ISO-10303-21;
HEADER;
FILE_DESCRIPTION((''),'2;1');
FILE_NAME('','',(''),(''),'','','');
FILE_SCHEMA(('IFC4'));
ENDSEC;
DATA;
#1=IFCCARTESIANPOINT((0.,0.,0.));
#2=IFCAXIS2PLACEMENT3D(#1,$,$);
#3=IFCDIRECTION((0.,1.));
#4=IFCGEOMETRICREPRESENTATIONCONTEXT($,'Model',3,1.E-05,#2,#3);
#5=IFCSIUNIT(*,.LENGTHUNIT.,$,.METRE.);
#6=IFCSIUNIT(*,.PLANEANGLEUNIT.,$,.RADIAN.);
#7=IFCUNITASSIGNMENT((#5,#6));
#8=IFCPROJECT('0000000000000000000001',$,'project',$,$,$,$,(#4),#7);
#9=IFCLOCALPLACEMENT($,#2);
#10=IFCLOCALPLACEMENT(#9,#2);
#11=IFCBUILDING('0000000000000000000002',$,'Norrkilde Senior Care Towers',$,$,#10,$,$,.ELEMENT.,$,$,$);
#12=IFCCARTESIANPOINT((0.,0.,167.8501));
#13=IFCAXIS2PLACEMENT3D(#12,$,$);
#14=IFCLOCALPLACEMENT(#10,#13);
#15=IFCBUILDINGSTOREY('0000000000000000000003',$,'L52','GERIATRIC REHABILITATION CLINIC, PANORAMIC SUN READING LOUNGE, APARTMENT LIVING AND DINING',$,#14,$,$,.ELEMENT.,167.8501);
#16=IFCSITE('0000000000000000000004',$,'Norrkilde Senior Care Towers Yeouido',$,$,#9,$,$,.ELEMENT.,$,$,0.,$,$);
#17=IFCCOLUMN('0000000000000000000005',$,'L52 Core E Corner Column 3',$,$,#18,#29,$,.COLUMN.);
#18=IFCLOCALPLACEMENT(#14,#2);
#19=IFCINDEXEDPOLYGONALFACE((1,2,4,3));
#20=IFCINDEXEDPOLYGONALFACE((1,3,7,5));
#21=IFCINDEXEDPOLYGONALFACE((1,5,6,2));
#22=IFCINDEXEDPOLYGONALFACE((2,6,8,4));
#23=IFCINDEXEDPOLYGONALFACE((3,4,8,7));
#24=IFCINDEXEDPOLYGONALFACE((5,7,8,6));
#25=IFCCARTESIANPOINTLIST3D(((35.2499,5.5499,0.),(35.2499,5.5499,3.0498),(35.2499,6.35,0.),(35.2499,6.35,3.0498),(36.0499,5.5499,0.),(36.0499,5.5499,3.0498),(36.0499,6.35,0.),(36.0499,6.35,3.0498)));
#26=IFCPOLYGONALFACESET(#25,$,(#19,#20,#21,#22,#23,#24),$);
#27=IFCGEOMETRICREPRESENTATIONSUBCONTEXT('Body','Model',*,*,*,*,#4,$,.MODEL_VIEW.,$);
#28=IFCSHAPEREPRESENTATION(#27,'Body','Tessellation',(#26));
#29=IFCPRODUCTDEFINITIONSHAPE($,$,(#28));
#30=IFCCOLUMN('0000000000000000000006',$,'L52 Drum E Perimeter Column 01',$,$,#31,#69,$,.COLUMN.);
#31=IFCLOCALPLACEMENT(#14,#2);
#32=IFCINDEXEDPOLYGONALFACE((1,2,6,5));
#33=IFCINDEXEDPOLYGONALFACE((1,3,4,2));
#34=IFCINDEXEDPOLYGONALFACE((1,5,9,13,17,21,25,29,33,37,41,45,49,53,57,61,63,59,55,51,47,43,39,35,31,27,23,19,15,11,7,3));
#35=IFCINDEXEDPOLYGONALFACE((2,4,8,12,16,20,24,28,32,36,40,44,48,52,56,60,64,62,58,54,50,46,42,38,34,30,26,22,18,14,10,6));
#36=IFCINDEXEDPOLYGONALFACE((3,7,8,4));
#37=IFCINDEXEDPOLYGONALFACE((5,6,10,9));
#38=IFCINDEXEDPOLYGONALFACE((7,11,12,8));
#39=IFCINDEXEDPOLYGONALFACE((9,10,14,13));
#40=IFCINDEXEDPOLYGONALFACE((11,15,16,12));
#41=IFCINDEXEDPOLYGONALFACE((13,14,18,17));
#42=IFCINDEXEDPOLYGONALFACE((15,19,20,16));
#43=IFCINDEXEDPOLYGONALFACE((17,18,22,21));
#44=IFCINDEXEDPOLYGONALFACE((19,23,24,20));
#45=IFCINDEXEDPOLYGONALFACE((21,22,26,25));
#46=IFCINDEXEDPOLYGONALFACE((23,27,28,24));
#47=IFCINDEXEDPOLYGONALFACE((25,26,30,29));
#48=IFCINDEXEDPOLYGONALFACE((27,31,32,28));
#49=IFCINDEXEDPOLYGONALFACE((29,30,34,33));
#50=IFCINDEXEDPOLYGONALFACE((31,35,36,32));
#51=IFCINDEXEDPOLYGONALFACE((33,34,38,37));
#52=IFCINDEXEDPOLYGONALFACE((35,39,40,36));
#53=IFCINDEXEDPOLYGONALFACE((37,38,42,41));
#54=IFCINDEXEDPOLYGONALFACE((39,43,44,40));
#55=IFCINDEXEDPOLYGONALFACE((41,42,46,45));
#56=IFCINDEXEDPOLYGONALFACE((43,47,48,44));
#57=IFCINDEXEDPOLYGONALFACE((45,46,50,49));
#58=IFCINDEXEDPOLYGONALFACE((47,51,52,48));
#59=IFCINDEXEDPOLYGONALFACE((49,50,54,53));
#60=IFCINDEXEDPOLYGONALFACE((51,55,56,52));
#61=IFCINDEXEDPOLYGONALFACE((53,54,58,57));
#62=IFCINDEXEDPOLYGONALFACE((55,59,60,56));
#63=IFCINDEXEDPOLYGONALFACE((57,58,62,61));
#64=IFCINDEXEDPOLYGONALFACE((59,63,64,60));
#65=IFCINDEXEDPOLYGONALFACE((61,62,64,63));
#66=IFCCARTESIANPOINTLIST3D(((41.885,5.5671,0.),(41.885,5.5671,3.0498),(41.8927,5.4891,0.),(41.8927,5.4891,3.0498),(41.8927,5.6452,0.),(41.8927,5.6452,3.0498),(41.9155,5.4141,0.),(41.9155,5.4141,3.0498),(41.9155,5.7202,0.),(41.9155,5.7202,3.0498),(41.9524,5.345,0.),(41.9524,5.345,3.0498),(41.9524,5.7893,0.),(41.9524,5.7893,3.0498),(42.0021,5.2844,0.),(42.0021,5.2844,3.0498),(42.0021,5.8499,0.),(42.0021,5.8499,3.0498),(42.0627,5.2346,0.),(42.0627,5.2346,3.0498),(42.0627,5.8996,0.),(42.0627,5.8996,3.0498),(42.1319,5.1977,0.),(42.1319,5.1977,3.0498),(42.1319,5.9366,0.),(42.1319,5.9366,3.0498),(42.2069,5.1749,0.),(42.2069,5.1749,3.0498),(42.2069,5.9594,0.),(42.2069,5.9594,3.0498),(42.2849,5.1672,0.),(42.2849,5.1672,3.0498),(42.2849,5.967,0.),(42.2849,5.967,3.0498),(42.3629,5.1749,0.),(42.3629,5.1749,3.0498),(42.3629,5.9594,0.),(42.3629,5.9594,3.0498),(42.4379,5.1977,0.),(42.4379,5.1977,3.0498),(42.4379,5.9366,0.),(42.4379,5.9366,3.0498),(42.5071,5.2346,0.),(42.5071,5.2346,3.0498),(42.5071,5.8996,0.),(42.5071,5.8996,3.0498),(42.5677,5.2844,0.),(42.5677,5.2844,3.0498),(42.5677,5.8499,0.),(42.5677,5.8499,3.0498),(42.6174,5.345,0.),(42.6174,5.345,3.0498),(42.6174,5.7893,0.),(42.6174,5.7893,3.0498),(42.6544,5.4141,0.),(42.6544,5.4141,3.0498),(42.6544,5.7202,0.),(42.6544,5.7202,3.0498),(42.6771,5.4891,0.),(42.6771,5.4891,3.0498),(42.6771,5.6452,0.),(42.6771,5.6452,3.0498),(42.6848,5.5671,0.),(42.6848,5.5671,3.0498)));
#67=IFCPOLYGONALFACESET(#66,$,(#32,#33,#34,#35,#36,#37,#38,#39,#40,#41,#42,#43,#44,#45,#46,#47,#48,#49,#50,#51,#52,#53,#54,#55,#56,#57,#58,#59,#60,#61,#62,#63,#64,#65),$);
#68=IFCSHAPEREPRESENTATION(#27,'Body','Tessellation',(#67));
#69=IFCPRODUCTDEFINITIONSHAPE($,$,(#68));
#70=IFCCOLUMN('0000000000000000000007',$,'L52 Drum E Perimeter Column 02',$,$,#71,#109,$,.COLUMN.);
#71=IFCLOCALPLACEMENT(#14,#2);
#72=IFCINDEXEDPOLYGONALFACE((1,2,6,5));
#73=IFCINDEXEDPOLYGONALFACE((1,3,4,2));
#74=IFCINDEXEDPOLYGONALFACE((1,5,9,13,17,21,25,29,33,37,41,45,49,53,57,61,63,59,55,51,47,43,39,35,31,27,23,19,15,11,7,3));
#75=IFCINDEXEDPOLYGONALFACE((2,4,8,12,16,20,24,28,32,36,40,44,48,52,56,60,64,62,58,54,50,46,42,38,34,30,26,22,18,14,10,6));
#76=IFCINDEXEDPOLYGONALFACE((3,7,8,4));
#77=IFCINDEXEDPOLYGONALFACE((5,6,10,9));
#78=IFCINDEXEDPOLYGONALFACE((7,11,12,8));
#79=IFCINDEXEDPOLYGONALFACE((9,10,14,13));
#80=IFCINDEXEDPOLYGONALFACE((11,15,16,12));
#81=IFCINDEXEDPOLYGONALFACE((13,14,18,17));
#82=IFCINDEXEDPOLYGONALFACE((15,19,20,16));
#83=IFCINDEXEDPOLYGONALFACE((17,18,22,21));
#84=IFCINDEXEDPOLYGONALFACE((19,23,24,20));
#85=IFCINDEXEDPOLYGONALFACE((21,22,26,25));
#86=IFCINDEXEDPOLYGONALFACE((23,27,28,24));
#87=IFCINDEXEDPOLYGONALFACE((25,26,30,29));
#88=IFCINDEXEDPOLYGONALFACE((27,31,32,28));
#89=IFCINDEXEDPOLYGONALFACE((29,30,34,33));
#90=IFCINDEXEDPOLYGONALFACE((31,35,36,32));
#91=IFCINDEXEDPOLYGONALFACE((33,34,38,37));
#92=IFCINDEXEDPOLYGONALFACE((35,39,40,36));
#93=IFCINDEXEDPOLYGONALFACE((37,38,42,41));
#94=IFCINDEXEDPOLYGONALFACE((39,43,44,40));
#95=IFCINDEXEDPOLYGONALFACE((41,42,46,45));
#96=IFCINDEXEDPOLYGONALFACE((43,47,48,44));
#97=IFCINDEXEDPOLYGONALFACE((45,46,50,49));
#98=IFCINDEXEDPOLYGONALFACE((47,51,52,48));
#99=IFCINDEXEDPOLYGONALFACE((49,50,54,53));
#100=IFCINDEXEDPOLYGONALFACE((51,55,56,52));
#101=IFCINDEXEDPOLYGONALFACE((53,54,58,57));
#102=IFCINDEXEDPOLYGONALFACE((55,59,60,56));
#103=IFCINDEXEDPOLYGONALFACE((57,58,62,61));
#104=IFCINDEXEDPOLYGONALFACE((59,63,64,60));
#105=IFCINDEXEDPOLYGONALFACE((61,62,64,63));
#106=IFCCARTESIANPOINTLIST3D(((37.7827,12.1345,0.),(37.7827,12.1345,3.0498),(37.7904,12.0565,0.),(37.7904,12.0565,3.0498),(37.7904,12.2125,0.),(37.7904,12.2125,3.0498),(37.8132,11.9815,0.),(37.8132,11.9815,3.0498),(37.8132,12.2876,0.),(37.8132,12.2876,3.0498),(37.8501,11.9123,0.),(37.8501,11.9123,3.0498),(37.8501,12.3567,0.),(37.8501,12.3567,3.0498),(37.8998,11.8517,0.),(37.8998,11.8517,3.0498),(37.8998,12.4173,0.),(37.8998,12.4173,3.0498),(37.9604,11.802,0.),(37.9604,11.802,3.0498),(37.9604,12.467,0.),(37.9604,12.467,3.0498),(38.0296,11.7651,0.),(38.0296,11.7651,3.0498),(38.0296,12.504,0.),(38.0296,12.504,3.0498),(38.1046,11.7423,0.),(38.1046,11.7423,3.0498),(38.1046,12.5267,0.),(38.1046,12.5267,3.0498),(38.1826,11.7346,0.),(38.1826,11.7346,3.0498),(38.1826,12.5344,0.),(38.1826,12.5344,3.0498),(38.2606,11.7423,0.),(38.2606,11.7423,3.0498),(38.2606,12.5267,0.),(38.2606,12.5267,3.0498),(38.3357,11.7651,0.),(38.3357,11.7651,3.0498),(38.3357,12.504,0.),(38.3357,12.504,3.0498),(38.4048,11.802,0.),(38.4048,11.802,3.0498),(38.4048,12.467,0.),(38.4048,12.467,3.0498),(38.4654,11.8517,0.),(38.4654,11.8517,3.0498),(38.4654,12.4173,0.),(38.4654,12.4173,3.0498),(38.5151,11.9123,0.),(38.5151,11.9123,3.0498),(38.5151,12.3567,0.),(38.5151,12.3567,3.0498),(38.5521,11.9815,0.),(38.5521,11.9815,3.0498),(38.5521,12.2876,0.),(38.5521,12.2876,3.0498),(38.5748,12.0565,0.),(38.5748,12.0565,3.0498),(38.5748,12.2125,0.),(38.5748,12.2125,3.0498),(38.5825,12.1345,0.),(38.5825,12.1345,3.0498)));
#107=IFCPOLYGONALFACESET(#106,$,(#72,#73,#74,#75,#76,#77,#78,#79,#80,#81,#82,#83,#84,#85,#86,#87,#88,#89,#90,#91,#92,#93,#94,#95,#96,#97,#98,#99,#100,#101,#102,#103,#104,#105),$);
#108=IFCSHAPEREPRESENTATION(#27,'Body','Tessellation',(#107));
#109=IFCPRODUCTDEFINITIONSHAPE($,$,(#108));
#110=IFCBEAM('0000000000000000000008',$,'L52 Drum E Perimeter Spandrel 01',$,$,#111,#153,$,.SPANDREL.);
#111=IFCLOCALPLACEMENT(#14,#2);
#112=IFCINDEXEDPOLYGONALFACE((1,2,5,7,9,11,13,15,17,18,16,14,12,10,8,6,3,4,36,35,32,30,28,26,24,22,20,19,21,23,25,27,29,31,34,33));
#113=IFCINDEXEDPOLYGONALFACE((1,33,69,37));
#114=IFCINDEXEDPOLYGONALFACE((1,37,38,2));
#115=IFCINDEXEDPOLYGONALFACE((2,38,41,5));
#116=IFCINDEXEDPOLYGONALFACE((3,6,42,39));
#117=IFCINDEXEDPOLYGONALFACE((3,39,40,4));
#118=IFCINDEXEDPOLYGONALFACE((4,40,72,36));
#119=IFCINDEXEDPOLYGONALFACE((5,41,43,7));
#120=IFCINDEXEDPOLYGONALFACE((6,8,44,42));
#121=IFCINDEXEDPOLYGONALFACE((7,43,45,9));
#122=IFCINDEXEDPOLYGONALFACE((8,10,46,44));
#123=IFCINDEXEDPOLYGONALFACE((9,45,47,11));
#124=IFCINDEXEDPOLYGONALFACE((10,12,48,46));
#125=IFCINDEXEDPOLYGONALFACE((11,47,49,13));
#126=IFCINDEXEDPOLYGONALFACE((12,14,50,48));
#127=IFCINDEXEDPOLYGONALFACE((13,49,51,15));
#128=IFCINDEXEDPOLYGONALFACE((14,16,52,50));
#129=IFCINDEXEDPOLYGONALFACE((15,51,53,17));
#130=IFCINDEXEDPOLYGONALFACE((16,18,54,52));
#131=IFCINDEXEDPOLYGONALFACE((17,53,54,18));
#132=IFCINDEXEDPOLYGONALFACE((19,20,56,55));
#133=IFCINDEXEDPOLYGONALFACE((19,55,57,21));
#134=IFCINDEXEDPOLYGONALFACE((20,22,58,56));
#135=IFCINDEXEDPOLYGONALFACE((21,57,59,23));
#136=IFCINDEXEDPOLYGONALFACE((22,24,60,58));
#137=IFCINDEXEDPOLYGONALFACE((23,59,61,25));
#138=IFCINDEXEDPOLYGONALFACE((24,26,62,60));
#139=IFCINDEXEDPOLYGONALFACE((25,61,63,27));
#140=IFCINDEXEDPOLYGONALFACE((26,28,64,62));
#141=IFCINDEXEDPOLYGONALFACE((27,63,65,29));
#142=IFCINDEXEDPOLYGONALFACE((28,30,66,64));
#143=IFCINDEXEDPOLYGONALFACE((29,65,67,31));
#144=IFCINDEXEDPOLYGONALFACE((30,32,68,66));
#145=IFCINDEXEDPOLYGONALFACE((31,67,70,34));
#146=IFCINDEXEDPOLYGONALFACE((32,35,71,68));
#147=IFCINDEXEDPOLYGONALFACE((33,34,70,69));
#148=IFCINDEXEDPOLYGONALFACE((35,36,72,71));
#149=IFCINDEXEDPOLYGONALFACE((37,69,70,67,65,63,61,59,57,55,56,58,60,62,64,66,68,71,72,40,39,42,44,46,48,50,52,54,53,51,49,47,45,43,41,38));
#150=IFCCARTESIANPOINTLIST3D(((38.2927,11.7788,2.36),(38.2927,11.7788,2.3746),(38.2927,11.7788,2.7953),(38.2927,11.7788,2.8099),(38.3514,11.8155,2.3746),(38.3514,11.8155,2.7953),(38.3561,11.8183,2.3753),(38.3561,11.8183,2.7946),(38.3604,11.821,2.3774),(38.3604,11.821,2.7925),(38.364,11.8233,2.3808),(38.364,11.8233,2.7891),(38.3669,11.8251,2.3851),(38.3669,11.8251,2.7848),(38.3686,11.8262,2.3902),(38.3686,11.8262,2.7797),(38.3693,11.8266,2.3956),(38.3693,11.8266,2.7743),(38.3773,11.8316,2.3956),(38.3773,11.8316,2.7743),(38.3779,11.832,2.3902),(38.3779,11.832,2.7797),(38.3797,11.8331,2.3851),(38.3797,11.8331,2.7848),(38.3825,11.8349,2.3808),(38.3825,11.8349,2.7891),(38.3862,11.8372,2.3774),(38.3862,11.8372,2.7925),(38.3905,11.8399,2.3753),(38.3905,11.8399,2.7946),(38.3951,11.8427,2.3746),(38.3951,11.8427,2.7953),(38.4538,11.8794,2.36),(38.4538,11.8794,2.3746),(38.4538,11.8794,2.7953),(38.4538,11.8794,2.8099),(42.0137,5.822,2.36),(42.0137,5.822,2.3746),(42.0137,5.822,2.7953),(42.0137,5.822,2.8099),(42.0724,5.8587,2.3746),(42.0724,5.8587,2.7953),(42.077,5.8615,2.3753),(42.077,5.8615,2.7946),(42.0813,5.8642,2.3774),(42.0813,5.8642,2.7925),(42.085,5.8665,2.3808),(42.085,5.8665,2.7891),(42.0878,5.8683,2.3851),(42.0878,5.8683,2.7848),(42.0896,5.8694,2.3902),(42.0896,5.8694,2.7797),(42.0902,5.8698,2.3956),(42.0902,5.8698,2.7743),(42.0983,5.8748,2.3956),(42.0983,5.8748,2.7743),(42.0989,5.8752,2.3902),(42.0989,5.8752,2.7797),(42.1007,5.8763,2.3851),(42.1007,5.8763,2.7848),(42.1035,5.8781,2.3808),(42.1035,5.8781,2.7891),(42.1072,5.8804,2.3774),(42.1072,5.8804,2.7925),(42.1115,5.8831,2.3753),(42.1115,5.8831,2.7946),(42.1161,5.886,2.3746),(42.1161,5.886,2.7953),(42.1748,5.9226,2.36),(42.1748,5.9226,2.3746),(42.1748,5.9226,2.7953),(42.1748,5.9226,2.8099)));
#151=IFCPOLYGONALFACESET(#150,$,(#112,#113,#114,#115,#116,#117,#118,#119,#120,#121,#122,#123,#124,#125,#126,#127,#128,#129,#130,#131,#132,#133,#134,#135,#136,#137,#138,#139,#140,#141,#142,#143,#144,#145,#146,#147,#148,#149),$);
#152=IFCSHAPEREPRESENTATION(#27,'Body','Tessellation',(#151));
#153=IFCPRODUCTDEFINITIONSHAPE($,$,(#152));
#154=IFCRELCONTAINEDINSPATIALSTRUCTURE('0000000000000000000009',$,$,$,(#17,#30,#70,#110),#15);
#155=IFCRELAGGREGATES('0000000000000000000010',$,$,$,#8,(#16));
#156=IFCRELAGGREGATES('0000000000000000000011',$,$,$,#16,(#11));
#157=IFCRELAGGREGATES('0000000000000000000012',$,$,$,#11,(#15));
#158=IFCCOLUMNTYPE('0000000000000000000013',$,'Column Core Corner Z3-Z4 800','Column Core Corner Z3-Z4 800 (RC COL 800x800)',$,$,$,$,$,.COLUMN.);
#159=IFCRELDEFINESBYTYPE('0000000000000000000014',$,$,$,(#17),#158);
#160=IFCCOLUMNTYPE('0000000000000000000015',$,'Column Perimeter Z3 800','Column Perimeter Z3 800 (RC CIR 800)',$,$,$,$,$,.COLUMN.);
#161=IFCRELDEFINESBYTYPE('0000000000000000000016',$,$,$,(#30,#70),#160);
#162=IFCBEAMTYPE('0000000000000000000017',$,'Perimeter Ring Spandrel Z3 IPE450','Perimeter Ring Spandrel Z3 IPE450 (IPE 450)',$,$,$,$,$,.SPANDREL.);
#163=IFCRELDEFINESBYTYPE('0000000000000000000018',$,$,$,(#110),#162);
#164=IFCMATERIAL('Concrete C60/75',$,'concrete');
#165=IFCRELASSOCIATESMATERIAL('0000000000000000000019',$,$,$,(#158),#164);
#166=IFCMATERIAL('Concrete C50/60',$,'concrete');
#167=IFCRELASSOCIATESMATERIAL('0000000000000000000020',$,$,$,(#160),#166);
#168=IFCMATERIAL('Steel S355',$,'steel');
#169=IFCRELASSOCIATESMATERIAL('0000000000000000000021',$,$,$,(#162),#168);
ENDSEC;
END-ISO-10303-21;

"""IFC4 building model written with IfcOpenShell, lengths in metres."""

from ifc_helpers import new_model, si_unit, direction, frame, origin, origin_2d, place, context, subcontext, project, spatial, rectangle, circle, i_section, extrude, source, transform, mapped, material, material_profile, profile_set, type_object, type_shapes, element, save


model = new_model("IFC4")

# Units and contexts
model_context = context("Model", 3, precision=1e-05, world=origin(), true_north=direction((0.0, 1.0)))
body_context = subcontext(model_context, "Body", "Model", "MODEL_VIEW")
ifc_project = project(units=[si_unit("LENGTHUNIT", "METRE"), si_unit("PLANEANGLEUNIT", "RADIAN")], contexts=[model_context])

# Site, building, storey
site_placement = place(None, origin())
site = spatial("IfcSite", under=ifc_project, at=site_placement, Name="Norrkilde Senior Care Towers Yeouido", CompositionType="ELEMENT", RefElevation=0.0)
building_placement = place(site_placement, origin())
building = spatial("IfcBuilding", under=site, at=building_placement, Name="Norrkilde Senior Care Towers", CompositionType="ELEMENT")
storey_placement = place(building_placement, frame((0.0, 0.0, 167.8501)))
storey = spatial("IfcBuildingStorey", under=building, at=storey_placement, Name="L52", Description="GERIATRIC REHABILITATION CLINIC, PANORAMIC SUN READING LOUNGE, APARTMENT LIVING AND DINING", CompositionType="ELEMENT", Elevation=167.8501)

# Columns
ifc_material_1 = material(Name="Concrete C60/75", Category="concrete")
ifc_material_profile_1 = material_profile(ifc_material_1, rectangle(XDim=0.8, YDim=0.8, at=origin_2d()), Name="RC COL 800x800")
ifc_profile_set_1 = profile_set([ifc_material_profile_1], Name="Concrete C60/75")
column_type_1 = type_object("IfcColumnType", Name="Column Core Corner Z3-Z4 800", Description="Column Core Corner Z3-Z4 800 (RC COL 800x800)", PredefinedType="COLUMN", material=ifc_profile_set_1)
shared_shape_1 = source(origin(), body_context, "Body", "SweptSolid", [
    extrude(rectangle(XDim=0.8, YDim=0.8, at=origin_2d()), origin(), (0.0, 0.0, 1.0), 3.0498),
])
type_shapes(column_type_1, [shared_shape_1])
column_placement = place(storey_placement, frame((35.6499, 5.95, 0.0), z_axis=(0.0, 0.0, 1.0), x_axis=(1.0, 0.0, 0.0)))
element("IfcColumn", 1, at=column_placement, inside=storey, type_object=column_type_1, Name="L52 Core E Corner Column 3", PredefinedType="COLUMN", context=body_context, shape_type="MappedRepresentation", body=[
    mapped(shared_shape_1, transform((0.0, 0.0, 0.0), x_axis=(1.0, 0.0, 0.0), y_axis=(0.0, 1.0, 0.0), z_axis=(0.0, 0.0, 1.0), scale=1.0)),
])
ifc_material_2 = material(Name="Concrete C50/60", Category="concrete")
ifc_material_profile_2 = material_profile(ifc_material_2, circle(Radius=0.3999, at=origin_2d()), Name="RC CIR 800")
ifc_profile_set_2 = profile_set([ifc_material_profile_2], Name="Concrete C50/60")
column_type_2 = type_object("IfcColumnType", Name="Column Perimeter Z3 800", Description="Column Perimeter Z3 800 (RC CIR 800)", PredefinedType="COLUMN", material=ifc_profile_set_2)
shared_shape_2 = source(origin(), body_context, "Body", "SweptSolid", [
    extrude(circle(Radius=0.3999, at=origin_2d()), origin(), (0.0, 0.0, 1.0), 3.0498),
])
type_shapes(column_type_2, [shared_shape_2])
for number, where, z_axis, x_axis, name in (
    (2, (42.2849, 5.5671, 0.0), (0.0, 0.0, 1.0), (1.0, 0.0, 0.0), "L52 Drum E Perimeter Column 01"),
    (3, (38.1826, 12.1345, 0.0), (0.0, 0.0, 1.0), (1.0, 0.0, 0.0), "L52 Drum E Perimeter Column 02"),
):
    element("IfcColumn", number, at=place(storey_placement, frame(where, z_axis=z_axis, x_axis=x_axis)), inside=storey, type_object=column_type_2, Name=name, PredefinedType="COLUMN", context=body_context, shape_type="MappedRepresentation", body=[
        mapped(shared_shape_2, transform((0.0, 0.0, 0.0), x_axis=(1.0, 0.0, 0.0), y_axis=(0.0, 1.0, 0.0), z_axis=(0.0, 0.0, 1.0), scale=1.0)),
    ])

# Beam
ifc_material_3 = material(Name="Steel S355", Category="steel")
ifc_material_profile_3 = material_profile(ifc_material_3, i_section(OverallWidth=0.1899, OverallDepth=0.45, WebThickness=0.0095, FlangeThickness=0.0146, FilletRadius=0.021, at=origin_2d()), Name="IPE 450")
ifc_profile_set_3 = profile_set([ifc_material_profile_3], Name="Steel S355")
beam_type_1 = type_object("IfcBeamType", Name="Perimeter Ring Spandrel Z3 IPE450", Description="Perimeter Ring Spandrel Z3 IPE450 (IPE 450)", PredefinedType="SPANDREL", material=ifc_profile_set_3)
shared_shape_3 = source(origin(), body_context, "Body", "SweptSolid", [
    extrude(i_section(OverallWidth=0.1899, OverallDepth=0.45, WebThickness=0.0095, FlangeThickness=0.0146, FilletRadius=0.021, at=origin_2d()), origin(), (0.0, 0.0, 1.0), 7.0234),
])
beam_1_placement = place(storey_placement, frame((42.0942, 5.8723, 2.585), z_axis=(-0.52979, 0.848129, 0.0), x_axis=(-0.848129, -0.52979, 0.0)))
element("IfcBeam", 4, at=beam_1_placement, inside=storey, type_object=beam_type_1, Name="L52 Drum E Perimeter Spandrel 01", PredefinedType="SPANDREL", context=body_context, shape_type="MappedRepresentation", body=[
    mapped(shared_shape_3, transform((0.0, 0.0, 0.0), x_axis=(1.0, 0.0, 0.0), y_axis=(0.0, 1.0, 0.0), z_axis=(0.0, 0.0, 1.0), scale=1.0)),
])

save(model, "model.ifc")
